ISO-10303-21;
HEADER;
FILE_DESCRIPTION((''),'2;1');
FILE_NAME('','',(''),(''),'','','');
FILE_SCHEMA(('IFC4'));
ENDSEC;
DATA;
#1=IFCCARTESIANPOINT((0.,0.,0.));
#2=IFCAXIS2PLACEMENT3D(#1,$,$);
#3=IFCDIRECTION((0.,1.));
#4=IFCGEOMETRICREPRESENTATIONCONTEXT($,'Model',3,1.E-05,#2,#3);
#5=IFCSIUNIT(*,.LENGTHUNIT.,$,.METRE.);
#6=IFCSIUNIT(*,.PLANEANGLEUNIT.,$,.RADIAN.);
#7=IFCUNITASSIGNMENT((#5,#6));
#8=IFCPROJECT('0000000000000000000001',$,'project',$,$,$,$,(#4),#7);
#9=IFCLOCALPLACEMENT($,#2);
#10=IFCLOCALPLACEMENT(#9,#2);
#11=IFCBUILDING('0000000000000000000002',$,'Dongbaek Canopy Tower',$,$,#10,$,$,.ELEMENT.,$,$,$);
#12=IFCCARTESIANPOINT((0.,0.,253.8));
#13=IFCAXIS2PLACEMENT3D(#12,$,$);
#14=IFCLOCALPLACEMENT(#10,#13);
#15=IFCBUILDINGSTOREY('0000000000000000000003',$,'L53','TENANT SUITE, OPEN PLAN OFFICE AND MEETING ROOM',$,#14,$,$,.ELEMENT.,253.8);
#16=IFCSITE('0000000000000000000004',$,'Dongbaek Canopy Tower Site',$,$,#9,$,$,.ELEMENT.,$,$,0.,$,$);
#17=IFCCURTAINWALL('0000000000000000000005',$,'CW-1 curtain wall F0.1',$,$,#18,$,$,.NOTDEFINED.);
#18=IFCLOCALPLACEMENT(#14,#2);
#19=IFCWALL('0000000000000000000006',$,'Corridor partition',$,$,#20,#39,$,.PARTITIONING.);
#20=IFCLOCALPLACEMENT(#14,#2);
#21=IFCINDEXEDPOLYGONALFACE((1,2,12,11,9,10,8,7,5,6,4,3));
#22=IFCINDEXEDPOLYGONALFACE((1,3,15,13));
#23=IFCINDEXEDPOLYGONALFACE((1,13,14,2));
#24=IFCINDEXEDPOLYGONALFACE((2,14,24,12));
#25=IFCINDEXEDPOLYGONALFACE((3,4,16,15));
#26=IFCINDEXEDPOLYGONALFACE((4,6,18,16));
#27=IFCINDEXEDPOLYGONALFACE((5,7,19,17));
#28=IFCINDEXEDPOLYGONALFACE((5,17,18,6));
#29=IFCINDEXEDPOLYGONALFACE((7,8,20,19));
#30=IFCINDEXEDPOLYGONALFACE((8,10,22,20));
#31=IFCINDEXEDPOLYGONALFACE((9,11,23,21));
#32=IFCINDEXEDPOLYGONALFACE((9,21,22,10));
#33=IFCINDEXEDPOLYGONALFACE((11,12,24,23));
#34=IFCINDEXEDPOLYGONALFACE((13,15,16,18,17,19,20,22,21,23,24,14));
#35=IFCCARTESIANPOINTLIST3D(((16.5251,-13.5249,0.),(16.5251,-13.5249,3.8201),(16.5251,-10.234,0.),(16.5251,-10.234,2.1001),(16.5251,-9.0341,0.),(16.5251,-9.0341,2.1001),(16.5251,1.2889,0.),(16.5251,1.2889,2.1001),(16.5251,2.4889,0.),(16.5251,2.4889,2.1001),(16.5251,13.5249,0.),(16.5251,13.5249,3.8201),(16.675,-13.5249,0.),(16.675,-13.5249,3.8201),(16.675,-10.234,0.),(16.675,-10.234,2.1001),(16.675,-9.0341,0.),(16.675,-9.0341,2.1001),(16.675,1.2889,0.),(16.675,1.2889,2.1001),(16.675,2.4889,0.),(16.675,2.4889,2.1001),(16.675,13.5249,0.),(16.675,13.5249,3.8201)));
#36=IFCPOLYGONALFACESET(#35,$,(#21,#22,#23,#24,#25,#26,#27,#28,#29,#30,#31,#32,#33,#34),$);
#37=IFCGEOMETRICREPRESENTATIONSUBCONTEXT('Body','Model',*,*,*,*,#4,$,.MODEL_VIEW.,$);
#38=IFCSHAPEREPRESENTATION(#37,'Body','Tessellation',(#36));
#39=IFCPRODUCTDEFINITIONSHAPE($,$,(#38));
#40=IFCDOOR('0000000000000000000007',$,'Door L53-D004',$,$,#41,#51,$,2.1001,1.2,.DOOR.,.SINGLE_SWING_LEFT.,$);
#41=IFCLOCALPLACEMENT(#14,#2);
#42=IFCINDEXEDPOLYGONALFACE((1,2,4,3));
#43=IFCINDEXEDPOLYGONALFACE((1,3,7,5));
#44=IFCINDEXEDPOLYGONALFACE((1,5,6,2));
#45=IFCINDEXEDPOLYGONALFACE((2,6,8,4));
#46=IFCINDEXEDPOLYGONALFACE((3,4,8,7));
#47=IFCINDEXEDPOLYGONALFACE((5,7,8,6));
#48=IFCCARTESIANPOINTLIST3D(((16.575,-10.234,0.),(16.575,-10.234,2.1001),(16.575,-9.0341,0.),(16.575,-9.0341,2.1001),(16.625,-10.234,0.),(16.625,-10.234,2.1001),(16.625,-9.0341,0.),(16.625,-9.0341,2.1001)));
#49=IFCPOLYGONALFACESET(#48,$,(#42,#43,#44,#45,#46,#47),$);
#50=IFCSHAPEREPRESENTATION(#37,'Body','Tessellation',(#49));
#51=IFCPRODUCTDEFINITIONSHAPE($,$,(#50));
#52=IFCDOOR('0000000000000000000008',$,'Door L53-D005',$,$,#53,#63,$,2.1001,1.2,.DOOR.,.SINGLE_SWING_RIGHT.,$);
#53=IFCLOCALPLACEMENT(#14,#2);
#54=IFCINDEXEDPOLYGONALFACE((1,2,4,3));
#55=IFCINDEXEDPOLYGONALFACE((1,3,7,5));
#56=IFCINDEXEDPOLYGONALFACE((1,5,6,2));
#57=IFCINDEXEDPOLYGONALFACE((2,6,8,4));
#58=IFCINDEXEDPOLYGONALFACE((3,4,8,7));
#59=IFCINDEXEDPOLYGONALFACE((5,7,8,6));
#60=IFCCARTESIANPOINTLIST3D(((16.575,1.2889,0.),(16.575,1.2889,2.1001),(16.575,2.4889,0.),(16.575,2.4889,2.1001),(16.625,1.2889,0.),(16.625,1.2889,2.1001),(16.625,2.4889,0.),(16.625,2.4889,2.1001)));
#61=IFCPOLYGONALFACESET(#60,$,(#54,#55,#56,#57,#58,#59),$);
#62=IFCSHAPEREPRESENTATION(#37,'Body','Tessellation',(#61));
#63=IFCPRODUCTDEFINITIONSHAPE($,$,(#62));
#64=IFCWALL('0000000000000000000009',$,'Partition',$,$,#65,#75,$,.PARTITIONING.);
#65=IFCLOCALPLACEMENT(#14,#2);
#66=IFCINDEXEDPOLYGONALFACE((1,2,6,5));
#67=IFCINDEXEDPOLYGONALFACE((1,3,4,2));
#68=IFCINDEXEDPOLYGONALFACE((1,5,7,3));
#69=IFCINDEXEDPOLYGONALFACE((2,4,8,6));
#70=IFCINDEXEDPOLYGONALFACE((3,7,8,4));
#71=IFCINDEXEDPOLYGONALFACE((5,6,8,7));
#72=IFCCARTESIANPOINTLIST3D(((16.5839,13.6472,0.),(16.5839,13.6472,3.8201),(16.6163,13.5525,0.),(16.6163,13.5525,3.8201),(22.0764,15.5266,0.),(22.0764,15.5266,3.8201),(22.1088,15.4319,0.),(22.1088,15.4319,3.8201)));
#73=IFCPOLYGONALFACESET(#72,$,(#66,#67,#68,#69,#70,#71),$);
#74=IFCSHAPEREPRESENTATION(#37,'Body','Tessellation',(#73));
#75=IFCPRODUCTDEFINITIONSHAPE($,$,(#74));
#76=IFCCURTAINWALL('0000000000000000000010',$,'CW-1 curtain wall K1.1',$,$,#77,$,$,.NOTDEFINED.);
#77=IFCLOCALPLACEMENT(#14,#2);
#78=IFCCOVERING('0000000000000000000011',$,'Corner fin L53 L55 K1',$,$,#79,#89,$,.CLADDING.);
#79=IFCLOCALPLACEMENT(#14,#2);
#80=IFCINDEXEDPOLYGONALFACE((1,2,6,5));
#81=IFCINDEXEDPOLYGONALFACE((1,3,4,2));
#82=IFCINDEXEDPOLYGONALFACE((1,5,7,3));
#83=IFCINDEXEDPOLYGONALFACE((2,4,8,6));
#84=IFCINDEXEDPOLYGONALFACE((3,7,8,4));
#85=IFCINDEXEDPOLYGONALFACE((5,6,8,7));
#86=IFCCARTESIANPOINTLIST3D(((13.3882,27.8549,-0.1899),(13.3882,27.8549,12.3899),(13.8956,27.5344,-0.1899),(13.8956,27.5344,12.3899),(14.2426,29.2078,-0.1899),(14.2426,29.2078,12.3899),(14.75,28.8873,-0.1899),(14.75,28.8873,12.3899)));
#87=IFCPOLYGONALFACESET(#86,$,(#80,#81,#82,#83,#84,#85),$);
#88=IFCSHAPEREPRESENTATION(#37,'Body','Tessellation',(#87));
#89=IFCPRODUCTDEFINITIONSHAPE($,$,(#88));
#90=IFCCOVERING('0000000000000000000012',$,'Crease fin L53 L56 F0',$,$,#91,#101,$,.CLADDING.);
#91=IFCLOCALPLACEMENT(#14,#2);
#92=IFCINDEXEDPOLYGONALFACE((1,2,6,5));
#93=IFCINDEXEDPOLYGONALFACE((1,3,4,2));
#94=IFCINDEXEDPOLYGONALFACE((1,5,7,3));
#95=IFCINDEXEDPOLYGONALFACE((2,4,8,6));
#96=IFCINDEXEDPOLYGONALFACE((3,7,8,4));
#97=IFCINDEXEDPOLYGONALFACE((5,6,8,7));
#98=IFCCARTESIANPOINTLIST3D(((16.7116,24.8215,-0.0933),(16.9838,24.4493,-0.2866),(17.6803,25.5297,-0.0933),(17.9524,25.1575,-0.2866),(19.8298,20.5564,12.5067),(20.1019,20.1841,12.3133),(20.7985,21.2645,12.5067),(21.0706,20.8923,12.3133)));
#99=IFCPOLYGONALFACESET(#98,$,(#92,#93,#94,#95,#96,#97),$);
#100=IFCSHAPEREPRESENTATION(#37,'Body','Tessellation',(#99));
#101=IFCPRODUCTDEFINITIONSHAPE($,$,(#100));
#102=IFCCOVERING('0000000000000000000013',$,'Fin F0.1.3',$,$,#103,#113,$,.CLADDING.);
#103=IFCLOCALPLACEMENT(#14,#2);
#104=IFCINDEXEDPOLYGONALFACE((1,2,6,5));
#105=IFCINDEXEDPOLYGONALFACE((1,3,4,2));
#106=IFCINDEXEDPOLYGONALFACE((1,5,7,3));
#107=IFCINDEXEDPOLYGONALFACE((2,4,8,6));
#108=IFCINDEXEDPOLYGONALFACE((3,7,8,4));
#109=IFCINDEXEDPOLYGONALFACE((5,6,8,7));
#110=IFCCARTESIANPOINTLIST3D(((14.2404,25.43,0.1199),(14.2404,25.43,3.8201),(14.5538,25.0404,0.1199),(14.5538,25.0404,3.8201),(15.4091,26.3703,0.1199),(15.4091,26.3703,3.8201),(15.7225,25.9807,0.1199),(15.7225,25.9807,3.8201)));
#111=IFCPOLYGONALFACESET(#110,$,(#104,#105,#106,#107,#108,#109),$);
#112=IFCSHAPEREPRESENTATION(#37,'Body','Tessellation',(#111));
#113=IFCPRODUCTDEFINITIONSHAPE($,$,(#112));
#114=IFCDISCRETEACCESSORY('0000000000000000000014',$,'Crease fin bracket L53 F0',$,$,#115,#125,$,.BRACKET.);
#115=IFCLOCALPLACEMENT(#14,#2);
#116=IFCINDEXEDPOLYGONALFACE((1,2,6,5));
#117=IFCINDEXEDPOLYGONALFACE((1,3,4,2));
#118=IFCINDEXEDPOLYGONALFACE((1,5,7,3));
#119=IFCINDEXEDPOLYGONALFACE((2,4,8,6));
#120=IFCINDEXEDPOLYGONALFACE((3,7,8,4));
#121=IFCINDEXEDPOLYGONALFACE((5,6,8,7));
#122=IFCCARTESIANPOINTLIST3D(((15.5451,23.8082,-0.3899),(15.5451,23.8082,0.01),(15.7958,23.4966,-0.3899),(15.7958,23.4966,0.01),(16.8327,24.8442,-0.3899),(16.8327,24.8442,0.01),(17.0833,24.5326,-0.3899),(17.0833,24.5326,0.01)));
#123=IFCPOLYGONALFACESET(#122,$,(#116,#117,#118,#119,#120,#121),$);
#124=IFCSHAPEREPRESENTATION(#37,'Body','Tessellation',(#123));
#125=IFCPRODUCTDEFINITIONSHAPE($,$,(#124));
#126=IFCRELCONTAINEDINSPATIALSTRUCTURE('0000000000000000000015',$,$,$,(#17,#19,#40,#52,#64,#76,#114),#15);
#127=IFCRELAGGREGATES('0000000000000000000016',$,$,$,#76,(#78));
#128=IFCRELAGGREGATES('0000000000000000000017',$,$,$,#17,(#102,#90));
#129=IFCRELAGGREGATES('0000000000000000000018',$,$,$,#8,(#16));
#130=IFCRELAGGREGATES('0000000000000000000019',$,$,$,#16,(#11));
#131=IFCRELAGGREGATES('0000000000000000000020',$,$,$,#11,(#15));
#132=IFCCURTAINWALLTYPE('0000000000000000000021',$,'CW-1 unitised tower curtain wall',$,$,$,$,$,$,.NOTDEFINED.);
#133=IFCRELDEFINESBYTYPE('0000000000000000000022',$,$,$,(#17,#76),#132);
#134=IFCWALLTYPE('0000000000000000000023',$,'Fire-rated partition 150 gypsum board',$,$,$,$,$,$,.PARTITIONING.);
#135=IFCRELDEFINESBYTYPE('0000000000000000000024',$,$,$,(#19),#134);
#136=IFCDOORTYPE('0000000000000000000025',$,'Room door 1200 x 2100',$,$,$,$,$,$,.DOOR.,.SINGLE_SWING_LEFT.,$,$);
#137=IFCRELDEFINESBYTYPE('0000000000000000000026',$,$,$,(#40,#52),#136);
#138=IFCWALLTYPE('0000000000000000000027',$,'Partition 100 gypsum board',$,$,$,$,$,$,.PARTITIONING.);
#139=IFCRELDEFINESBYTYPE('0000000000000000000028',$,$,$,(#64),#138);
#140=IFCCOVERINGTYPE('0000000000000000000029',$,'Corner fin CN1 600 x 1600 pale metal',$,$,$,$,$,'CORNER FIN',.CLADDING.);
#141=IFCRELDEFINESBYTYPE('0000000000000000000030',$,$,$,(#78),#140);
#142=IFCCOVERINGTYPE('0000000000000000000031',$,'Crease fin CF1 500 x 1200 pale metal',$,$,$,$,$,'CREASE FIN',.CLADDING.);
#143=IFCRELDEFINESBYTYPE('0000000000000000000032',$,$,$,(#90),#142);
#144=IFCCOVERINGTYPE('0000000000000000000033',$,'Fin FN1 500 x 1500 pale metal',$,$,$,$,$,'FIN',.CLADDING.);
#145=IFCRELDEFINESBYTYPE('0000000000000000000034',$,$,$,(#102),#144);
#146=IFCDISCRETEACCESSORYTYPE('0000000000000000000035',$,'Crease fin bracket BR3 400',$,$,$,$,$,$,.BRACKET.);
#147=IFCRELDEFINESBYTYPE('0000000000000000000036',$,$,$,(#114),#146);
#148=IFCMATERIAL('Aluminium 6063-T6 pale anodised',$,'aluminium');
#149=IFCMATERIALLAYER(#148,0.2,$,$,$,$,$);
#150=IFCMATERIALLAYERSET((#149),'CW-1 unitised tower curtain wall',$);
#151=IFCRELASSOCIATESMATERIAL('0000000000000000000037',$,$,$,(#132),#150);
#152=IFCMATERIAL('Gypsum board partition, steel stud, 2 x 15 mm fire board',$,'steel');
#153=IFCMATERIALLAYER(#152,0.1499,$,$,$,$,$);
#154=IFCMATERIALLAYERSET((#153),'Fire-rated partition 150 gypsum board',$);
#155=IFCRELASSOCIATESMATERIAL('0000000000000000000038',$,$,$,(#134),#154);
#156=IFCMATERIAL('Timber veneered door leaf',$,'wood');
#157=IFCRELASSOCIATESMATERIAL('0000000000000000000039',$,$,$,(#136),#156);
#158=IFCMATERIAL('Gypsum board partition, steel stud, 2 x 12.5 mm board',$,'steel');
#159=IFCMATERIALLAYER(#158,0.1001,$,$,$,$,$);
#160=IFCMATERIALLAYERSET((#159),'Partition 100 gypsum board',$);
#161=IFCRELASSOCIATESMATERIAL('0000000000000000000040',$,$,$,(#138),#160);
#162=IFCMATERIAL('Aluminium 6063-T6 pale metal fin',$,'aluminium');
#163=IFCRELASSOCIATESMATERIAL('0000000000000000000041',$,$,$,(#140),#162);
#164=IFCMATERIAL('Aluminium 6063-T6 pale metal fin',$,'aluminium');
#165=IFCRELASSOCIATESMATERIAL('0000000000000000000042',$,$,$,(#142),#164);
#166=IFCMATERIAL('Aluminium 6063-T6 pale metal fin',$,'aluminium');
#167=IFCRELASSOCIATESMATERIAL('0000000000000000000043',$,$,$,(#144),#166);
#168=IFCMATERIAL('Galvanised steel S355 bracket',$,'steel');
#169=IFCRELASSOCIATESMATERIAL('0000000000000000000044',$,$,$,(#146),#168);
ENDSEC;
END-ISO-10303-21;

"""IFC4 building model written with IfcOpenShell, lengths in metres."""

from ifc_helpers import new_model, si_unit, direction, frame, frame_2d, origin, origin_2d, place, context, subcontext, project, spatial, rectangle, extrude, material, layer, layer_set, material_profile, profile_set, type_object, element, fill, aggregate, save


model = new_model("IFC4")

# Units and contexts
model_context = context("Model", 3, precision=1e-05, world=origin(), true_north=direction((0.0, 1.0)))
body_context = subcontext(model_context, "Body", "Model", "MODEL_VIEW")
ifc_project = project(units=[si_unit("LENGTHUNIT", "METRE"), si_unit("PLANEANGLEUNIT", "RADIAN")], contexts=[model_context])

# Site, building, storey
site_placement = place(None, origin())
site = spatial("IfcSite", under=ifc_project, at=site_placement, Name="Dongbaek Canopy Tower Site", CompositionType="ELEMENT", RefElevation=0.0)
building_placement = place(site_placement, origin())
building = spatial("IfcBuilding", under=site, at=building_placement, Name="Dongbaek Canopy Tower", CompositionType="ELEMENT")
storey_placement = place(building_placement, frame((0.0, 0.0, 253.8)))
storey = spatial("IfcBuildingStorey", under=building, at=storey_placement, Name="L53", Description="TENANT SUITE, OPEN PLAN OFFICE AND MEETING ROOM", CompositionType="ELEMENT", Elevation=253.8)

# Curtain wall
ifc_material_1 = material(Name="Aluminium 6063-T6 pale anodised", Category="aluminium")
ifc_layer_1 = layer(ifc_material_1, 0.2)
ifc_layer_set_1 = layer_set([ifc_layer_1], Name="CW-1 unitised tower curtain wall")
curtain_wall_type = type_object("IfcCurtainWallType", Name="CW-1 unitised tower curtain wall", PredefinedType="NOTDEFINED", material=ifc_layer_set_1)
curtain_wall_1_placement = place(storey_placement, origin())
curtain_wall_1 = element("IfcCurtainWall", 1, at=curtain_wall_1_placement, inside=storey, type_object=curtain_wall_type, Name="CW-1 curtain wall F0.1", PredefinedType="NOTDEFINED")

# Wall, openings, doors
ifc_material_2 = material(Name="Gypsum board partition, steel stud, 2 x 15 mm fire board", Category="steel")
ifc_layer_2 = layer(ifc_material_2, 0.1499)
ifc_layer_set_2 = layer_set([ifc_layer_2], Name="Fire-rated partition 150 gypsum board")
wall_type_1 = type_object("IfcWallType", Name="Fire-rated partition 150 gypsum board", PredefinedType="PARTITIONING", material=ifc_layer_set_2)
wall_1_placement = place(storey_placement, frame((16.6001, 13.5249, 0.0), z_axis=(0.0, 0.0, 1.0), x_axis=(0.0, -1.0, 0.0)))
wall_1 = element("IfcWall", 2, at=wall_1_placement, inside=storey, type_object=wall_type_1, Name="Corridor partition", PredefinedType="PARTITIONING", context=body_context, shape_type="SweptSolid", body=[
    extrude(rectangle(XDim=27.0498, YDim=0.1499, at=frame_2d((13.5249, 0.0))), origin(), (0.0, 0.0, 1.0), 3.8201),
])
opening_1_placement = place(wall_1_placement, frame((22.5588, 0.0, 0.0)))
opening_1 = element("IfcOpeningElement", 3, at=opening_1_placement, cuts=wall_1, PredefinedType="OPENING", context=body_context, shape_type="SweptSolid", body=[
    extrude(rectangle(XDim=1.2, YDim=2.1001, at=frame_2d((0.6001, 1.05))), frame((0.0, 0.085, 0.0), z_axis=(0.0, -1.0, 0.0), x_axis=(1.0, 0.0, 0.0)), (0.0, 0.0, 1.0), 0.1699),
])
opening_2_placement = place(wall_1_placement, frame((11.0359, 0.0, 0.0)))
opening_2 = element("IfcOpeningElement", 4, at=opening_2_placement, cuts=wall_1, PredefinedType="OPENING", context=body_context, shape_type="SweptSolid", body=[
    extrude(rectangle(XDim=1.2, YDim=2.1001, at=frame_2d((0.6001, 1.05))), frame((0.0, 0.085, 0.0), z_axis=(0.0, -1.0, 0.0), x_axis=(1.0, 0.0, 0.0)), (0.0, 0.0, 1.0), 0.1699),
])
ifc_material_3 = material(Name="Timber veneered door leaf", Category="wood")
door_type_1 = type_object("IfcDoorType", Name="Room door 1200 x 2100", OperationType="SINGLE_SWING_LEFT", PredefinedType="DOOR", material=ifc_material_3)
door_1_placement = place(opening_1_placement, origin())
door_1 = element("IfcDoor", 5, at=door_1_placement, inside=storey, type_object=door_type_1, Name="Door L53-D004", OperationType="SINGLE_SWING_LEFT", OverallHeight=2.1001, OverallWidth=1.2, PredefinedType="DOOR", context=body_context, shape_type="SweptSolid", body=[
    extrude(rectangle(XDim=1.2, YDim=2.1001, at=frame_2d((0.6001, 1.05))), frame((0.0, 0.0249, 0.0), z_axis=(0.0, -1.0, 0.0), x_axis=(1.0, 0.0, 0.0)), (0.0, 0.0, 1.0), 0.05),
])
fill(opening_1, door_1)
door_2_placement = place(opening_2_placement, origin())
door_2 = element("IfcDoor", 6, at=door_2_placement, inside=storey, type_object=door_type_1, Name="Door L53-D005", OperationType="SINGLE_SWING_RIGHT", OverallHeight=2.1001, OverallWidth=1.2, PredefinedType="DOOR", context=body_context, shape_type="SweptSolid", body=[
    extrude(rectangle(XDim=1.2, YDim=2.1001, at=frame_2d((0.6001, 1.05))), frame((0.0, 0.0249, 0.0), z_axis=(0.0, -1.0, 0.0), x_axis=(1.0, 0.0, 0.0)), (0.0, 0.0, 1.0), 0.05),
])
fill(opening_2, door_2)

# Wall
ifc_material_4 = material(Name="Gypsum board partition, steel stud, 2 x 12.5 mm board", Category="steel")
ifc_layer_3 = layer(ifc_material_4, 0.1001)
ifc_layer_set_3 = layer_set([ifc_layer_3], Name="Partition 100 gypsum board")
wall_type_2 = type_object("IfcWallType", Name="Partition 100 gypsum board", PredefinedType="PARTITIONING", material=ifc_layer_set_3)
wall_2_placement = place(storey_placement, frame((16.6001, 13.5999, 0.0), z_axis=(0.0, 0.0, 1.0), x_axis=(0.946143, 0.32375, 0.0)))
element("IfcWall", 7, at=wall_2_placement, inside=storey, type_object=wall_type_2, Name="Partition", PredefinedType="PARTITIONING", context=body_context, shape_type="SweptSolid", body=[
    extrude(rectangle(XDim=5.8052, YDim=0.1001, at=frame_2d((2.9026, 0.0))), origin(), (0.0, 0.0, 1.0), 3.8201),
])

# Curtain wall, covering
curtain_wall_2_placement = place(storey_placement, origin())
curtain_wall_2 = element("IfcCurtainWall", 8, at=curtain_wall_2_placement, inside=storey, type_object=curtain_wall_type, Name="CW-1 curtain wall K1.1", PredefinedType="NOTDEFINED")
ifc_material_5 = material(Name="Aluminium 6063-T6 pale metal fin", Category="aluminium")
ifc_material_profile_1 = material_profile(ifc_material_5, rectangle(XDim=1.6001, YDim=0.6001, at=origin_2d()), Name="Corner fin CN1 600 x 1600 pale metal")
ifc_profile_set_1 = profile_set([ifc_material_profile_1], Name="Aluminium 6063-T6 pale metal fin")
covering_type_1 = type_object("IfcCoveringType", Name="Corner fin CN1 600 x 1600 pale metal", ElementType="CORNER FIN", PredefinedType="CLADDING", material=ifc_profile_set_1)
covering_1_placement = place(storey_placement, frame((14.0691, 28.3711, -0.1899), z_axis=(0.0, 0.0, 1.0), x_axis=(0.533975, 0.8455, 0.0)))
covering_1 = element("IfcCovering", 9, at=covering_1_placement, type_object=covering_type_1, Name="Corner fin L53 L55 K1", PredefinedType="CLADDING", context=body_context, shape_type="SweptSolid", body=[
    extrude(rectangle(XDim=1.6001, YDim=0.6001, at=origin_2d()), origin(), (0.0, 0.0, 1.0), 12.5798),
])
aggregate(curtain_wall_2, [covering_1])

# Coverings
ifc_material_6 = material(Name="Aluminium 6063-T6 pale metal fin", Category="aluminium")
ifc_material_profile_2 = material_profile(ifc_material_6, rectangle(XDim=1.2, YDim=0.5, at=origin_2d()), Name="Crease fin CF1 500 x 1200 pale metal")
ifc_profile_set_2 = profile_set([ifc_material_profile_2], Name="Aluminium 6063-T6 pale metal fin")
covering_type_2 = type_object("IfcCoveringType", Name="Crease fin CF1 500 x 1200 pale metal", ElementType="CREASE FIN", PredefinedType="CLADDING", material=ifc_profile_set_2)
covering_2_placement = place(storey_placement, frame((17.332, 24.9895, -0.1899), z_axis=(0.228224, -0.312173, 0.922205), x_axis=(0.807271, 0.590181, 0.0)))
covering_2 = element("IfcCovering", 10, at=covering_2_placement, type_object=covering_type_2, Name="Crease fin L53 L56 F0", PredefinedType="CLADDING", context=body_context, shape_type="SweptSolid", body=[
    extrude(rectangle(XDim=1.2, YDim=0.5, at=origin_2d()), origin(), (0.0, 0.0, 1.0), 13.6628),
])
ifc_material_7 = material(Name="Aluminium 6063-T6 pale metal fin", Category="aluminium")
ifc_material_profile_3 = material_profile(ifc_material_7, rectangle(XDim=1.5, YDim=0.5, at=origin_2d()), Name="Fin FN1 500 x 1500 pale metal")
ifc_profile_set_3 = profile_set([ifc_material_profile_3], Name="Aluminium 6063-T6 pale metal fin")
covering_type_3 = type_object("IfcCoveringType", Name="Fin FN1 500 x 1500 pale metal", ElementType="FIN", PredefinedType="CLADDING", material=ifc_profile_set_3)
covering_3_placement = place(storey_placement, frame((14.9814, 25.7053, 0.1199), z_axis=(0.0, 0.0, 1.0), x_axis=(0.779126, 0.626867, 0.0)))
covering_3 = element("IfcCovering", 11, at=covering_3_placement, type_object=covering_type_3, Name="Fin F0.1.3", PredefinedType="CLADDING", context=body_context, shape_type="SweptSolid", body=[
    extrude(rectangle(XDim=1.5, YDim=0.5, at=origin_2d()), origin(), (0.0, 0.0, 1.0), 3.7002),
])
aggregate(curtain_wall_1, [covering_3, covering_2])

# Discrete accessory
ifc_material_8 = material(Name="Galvanised steel S355 bracket", Category="steel")
discrete_accessory_type = type_object("IfcDiscreteAccessoryType", Name="Crease fin bracket BR3 400", PredefinedType="BRACKET", material=ifc_material_8)
discrete_accessory_placement = place(storey_placement, frame((16.3142, 24.1704, -0.3899), z_axis=(0.0, 0.0, 1.0), x_axis=(0.779127, 0.626866, 0.0)))
element("IfcDiscreteAccessory", 12, at=discrete_accessory_placement, inside=storey, type_object=discrete_accessory_type, Name="Crease fin bracket L53 F0", PredefinedType="BRACKET", context=body_context, shape_type="SweptSolid", body=[
    extrude(rectangle(XDim=1.6526, YDim=0.3999, at=origin_2d()), origin(), (0.0, 0.0, 1.0), 0.3999),
])

save(model, "model.ifc")
